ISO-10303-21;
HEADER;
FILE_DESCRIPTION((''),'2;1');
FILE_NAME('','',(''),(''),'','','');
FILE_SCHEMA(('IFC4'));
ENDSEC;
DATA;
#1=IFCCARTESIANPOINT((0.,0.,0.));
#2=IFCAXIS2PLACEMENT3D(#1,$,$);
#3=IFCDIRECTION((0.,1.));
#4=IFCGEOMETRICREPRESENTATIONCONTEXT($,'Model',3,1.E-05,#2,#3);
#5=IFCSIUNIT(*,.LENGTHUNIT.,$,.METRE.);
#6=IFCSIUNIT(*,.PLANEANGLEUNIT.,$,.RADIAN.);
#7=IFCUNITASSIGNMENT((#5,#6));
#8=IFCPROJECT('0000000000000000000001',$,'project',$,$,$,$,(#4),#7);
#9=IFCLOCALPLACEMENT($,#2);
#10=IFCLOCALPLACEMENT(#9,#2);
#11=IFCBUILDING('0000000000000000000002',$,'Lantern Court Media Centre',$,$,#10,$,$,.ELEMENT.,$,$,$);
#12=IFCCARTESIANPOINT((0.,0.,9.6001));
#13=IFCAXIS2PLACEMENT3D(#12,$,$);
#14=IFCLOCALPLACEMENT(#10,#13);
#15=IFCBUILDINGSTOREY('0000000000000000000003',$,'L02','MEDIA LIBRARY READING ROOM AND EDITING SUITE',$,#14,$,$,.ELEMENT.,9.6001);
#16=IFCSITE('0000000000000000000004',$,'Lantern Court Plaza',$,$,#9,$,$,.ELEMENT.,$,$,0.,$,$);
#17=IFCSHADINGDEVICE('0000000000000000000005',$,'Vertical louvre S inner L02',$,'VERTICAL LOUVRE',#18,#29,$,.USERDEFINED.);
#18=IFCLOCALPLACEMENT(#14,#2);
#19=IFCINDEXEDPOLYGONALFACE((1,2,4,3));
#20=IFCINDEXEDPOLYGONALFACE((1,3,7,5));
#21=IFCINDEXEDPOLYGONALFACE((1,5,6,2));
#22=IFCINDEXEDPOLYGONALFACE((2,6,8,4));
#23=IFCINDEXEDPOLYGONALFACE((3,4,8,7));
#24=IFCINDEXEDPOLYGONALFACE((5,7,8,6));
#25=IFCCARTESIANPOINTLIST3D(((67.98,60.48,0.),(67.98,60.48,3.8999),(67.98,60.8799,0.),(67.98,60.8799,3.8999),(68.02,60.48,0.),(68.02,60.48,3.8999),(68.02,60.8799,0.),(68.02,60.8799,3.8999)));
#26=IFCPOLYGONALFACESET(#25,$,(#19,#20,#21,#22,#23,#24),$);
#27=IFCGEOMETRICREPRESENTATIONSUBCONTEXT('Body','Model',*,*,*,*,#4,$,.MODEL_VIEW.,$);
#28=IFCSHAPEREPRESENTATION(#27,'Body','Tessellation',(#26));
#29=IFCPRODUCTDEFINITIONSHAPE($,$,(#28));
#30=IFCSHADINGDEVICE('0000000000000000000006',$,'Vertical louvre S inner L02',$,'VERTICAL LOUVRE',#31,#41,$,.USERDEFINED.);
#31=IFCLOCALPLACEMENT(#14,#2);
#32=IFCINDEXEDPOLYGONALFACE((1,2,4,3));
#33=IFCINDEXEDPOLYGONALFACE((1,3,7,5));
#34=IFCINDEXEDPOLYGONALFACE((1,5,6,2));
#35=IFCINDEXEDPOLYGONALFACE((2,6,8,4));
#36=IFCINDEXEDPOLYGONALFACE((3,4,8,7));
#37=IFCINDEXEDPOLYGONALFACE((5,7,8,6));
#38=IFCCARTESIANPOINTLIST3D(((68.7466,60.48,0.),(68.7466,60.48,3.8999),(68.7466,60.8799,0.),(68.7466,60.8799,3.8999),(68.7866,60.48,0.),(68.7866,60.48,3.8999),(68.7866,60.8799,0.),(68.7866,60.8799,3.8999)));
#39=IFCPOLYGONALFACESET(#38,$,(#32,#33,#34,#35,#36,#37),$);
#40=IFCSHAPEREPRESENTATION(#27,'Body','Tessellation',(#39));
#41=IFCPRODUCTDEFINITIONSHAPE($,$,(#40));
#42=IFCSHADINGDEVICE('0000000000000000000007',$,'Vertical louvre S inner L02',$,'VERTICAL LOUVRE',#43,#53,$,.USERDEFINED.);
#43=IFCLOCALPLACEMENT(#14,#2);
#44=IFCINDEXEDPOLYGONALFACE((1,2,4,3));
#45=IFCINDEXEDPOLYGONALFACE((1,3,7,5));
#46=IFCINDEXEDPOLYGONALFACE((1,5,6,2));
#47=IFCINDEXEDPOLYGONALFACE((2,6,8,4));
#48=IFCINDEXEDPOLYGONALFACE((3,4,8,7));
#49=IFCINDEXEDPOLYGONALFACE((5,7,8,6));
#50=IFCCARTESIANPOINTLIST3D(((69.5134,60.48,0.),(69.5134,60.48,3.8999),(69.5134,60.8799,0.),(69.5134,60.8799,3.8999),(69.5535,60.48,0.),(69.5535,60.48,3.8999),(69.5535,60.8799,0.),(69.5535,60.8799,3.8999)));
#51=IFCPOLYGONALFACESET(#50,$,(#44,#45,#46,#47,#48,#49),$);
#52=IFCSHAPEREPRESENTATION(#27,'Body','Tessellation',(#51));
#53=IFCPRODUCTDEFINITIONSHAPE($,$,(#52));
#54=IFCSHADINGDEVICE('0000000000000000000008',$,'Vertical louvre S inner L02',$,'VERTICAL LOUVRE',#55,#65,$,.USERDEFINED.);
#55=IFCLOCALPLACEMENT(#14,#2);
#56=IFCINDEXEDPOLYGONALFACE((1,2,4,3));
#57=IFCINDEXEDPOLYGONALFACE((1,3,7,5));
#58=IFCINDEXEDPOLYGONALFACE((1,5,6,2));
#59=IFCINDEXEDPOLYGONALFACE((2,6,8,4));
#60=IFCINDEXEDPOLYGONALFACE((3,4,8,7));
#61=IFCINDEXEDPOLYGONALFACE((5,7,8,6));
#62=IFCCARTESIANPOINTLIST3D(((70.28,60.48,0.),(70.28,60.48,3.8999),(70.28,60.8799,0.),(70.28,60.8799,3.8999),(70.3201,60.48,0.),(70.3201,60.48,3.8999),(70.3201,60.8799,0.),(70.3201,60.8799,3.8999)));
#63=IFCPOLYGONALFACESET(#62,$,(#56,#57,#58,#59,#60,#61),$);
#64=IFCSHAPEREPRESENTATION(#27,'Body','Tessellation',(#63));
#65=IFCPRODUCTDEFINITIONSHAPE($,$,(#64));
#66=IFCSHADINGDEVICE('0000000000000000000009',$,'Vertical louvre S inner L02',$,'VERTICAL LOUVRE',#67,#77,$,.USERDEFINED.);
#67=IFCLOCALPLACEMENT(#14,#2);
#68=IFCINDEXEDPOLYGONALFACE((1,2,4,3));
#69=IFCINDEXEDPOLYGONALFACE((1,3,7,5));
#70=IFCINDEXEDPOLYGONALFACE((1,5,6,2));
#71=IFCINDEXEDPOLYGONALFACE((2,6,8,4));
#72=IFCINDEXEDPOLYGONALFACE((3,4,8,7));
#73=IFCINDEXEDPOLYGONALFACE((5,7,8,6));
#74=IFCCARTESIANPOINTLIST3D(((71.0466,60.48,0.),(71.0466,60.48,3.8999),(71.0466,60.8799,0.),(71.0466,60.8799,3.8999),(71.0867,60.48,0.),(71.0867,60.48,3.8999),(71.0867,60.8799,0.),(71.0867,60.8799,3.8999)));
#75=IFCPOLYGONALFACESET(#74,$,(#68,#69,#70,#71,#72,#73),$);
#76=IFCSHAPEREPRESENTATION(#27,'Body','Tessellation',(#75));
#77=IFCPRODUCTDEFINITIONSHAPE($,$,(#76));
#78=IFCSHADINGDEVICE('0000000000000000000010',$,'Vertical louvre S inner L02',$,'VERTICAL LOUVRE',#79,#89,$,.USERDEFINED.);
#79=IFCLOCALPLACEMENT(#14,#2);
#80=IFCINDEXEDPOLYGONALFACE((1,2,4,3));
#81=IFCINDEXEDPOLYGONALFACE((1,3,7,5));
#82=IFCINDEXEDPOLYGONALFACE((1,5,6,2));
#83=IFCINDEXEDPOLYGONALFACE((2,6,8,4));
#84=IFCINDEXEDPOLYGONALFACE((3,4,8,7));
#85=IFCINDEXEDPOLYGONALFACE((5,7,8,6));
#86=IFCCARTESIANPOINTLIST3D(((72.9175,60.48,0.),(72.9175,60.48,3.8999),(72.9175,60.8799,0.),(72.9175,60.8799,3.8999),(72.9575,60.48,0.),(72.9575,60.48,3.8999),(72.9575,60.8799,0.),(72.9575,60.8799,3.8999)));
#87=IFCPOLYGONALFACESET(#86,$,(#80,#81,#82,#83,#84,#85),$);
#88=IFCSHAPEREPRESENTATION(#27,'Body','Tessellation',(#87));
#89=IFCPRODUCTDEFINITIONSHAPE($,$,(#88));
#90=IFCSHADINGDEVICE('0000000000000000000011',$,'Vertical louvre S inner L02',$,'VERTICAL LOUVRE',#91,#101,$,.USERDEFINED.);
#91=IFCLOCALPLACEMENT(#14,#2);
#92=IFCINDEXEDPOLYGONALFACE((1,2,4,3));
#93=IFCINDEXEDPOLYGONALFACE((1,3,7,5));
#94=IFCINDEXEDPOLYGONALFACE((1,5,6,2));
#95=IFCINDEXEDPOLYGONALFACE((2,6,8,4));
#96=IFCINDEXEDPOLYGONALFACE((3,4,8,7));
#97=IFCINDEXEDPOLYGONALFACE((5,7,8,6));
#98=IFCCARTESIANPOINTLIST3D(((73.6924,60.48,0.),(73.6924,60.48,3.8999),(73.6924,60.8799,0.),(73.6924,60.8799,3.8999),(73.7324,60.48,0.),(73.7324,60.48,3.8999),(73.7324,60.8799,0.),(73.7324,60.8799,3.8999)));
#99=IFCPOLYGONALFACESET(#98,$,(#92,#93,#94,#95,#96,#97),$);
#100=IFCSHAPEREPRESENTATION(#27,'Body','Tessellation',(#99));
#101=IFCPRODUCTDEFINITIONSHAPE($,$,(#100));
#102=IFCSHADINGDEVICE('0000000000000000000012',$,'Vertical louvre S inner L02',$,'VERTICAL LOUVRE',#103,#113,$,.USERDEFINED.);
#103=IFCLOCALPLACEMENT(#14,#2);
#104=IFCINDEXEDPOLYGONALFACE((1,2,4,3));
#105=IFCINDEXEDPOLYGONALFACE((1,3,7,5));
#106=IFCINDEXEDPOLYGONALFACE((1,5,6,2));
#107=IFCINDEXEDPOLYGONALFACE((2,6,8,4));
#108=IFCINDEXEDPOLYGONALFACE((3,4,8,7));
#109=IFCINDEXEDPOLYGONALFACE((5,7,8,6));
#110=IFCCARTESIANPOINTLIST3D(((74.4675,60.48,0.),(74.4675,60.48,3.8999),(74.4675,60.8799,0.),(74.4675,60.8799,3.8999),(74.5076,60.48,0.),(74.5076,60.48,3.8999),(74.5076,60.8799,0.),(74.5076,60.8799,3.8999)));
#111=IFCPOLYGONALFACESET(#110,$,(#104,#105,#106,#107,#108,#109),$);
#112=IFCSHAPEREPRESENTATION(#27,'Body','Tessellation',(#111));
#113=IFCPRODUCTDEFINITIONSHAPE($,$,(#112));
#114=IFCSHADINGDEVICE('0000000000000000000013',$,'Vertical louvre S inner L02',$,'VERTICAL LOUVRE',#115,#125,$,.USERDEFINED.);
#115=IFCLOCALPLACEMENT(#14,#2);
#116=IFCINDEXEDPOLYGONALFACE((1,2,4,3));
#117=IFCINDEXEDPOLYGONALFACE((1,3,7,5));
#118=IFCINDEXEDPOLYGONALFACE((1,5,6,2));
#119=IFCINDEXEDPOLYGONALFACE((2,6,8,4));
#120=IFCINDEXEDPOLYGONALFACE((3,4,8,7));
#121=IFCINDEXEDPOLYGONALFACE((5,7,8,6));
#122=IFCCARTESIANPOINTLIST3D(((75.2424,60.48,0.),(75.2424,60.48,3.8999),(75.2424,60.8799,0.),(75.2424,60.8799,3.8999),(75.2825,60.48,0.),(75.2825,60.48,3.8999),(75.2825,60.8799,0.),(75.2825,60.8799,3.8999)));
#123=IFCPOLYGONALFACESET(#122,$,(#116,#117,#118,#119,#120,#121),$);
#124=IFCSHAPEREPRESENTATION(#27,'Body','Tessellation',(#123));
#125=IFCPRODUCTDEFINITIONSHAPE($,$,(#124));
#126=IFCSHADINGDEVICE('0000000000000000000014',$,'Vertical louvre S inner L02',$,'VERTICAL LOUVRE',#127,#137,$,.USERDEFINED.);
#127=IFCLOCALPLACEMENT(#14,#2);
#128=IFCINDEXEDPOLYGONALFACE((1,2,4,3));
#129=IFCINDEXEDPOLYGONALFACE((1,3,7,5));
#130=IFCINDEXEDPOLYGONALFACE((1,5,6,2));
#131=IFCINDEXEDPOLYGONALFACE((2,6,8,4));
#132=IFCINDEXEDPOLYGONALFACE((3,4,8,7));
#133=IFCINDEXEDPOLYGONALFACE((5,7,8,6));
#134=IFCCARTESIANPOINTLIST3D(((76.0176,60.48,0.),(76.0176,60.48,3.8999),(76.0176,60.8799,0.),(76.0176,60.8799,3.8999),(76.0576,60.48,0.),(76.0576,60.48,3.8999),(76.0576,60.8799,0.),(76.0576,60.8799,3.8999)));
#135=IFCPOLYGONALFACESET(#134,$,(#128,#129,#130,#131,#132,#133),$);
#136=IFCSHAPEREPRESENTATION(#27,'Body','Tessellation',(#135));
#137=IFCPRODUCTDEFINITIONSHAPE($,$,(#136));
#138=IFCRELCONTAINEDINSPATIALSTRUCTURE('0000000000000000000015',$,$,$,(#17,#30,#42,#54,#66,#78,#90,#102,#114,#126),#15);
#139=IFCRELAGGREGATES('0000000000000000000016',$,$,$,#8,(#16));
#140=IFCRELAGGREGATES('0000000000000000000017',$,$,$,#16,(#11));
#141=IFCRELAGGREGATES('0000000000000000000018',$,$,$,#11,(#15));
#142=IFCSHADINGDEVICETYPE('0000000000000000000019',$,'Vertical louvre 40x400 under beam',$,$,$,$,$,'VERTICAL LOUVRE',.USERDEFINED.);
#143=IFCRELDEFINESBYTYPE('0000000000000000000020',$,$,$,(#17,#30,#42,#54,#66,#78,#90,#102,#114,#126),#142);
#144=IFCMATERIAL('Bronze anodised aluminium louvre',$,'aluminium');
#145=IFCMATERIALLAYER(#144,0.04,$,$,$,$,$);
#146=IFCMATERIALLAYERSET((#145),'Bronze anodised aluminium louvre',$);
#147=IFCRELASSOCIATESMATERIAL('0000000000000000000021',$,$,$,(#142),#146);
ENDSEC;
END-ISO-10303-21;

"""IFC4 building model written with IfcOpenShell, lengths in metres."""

from ifc_helpers import new_model, si_unit, direction, frame, origin, origin_2d, place, context, subcontext, project, spatial, rectangle, extrude, material, layer, layer_set, type_object, element, save


model = new_model("IFC4")

# Units and contexts
model_context = context("Model", 3, precision=1e-05, world=origin(), true_north=direction((0.0, 1.0)))
body_context = subcontext(model_context, "Body", "Model", "MODEL_VIEW")
ifc_project = project(units=[si_unit("LENGTHUNIT", "METRE"), si_unit("PLANEANGLEUNIT", "RADIAN")], contexts=[model_context])

# Site, building, storey
site_placement = place(None, origin())
site = spatial("IfcSite", under=ifc_project, at=site_placement, Name="Lantern Court Plaza", CompositionType="ELEMENT", RefElevation=0.0)
building_placement = place(site_placement, origin())
building = spatial("IfcBuilding", under=site, at=building_placement, Name="Lantern Court Media Centre", CompositionType="ELEMENT")
storey_placement = place(building_placement, frame((0.0, 0.0, 9.6001)))
storey = spatial("IfcBuildingStorey", under=building, at=storey_placement, Name="L02", Description="MEDIA LIBRARY READING ROOM AND EDITING SUITE", CompositionType="ELEMENT", Elevation=9.6001)

# Shading devices
ifc_material_1 = material(Name="Bronze anodised aluminium louvre", Category="aluminium")
ifc_layer_1 = layer(ifc_material_1, 0.04)
ifc_layer_set_1 = layer_set([ifc_layer_1], Name="Bronze anodised aluminium louvre")
shading_device_type = type_object("IfcShadingDeviceType", Name="Vertical louvre 40x400 under beam", ElementType="VERTICAL LOUVRE", PredefinedType="USERDEFINED", material=ifc_layer_set_1)
for number, where, z_axis, x_axis, name in (
    (1, (68.0, 60.6799, 0.0), (0.0, 0.0, 1.0), (1.0, 0.0, 0.0), "Vertical louvre S inner L02"),
    (2, (68.7666, 60.6799, 0.0), (0.0, 0.0, 1.0), (1.0, 0.0, 0.0), "Vertical louvre S inner L02"),
    (3, (69.5334, 60.6799, 0.0), (0.0, 0.0, 1.0), (1.0, 0.0, 0.0), "Vertical louvre S inner L02"),
    (4, (70.3, 60.6799, 0.0), (0.0, 0.0, 1.0), (1.0, 0.0, 0.0), "Vertical louvre S inner L02"),
    (5, (71.0667, 60.6799, 0.0), (0.0, 0.0, 1.0), (1.0, 0.0, 0.0), "Vertical louvre S inner L02"),
    (6, (72.9375, 60.6799, 0.0), (0.0, 0.0, 1.0), (1.0, 0.0, 0.0), "Vertical louvre S inner L02"),
    (7, (73.7124, 60.6799, 0.0), (0.0, 0.0, 1.0), (1.0, 0.0, 0.0), "Vertical louvre S inner L02"),
    (8, (74.4875, 60.6799, 0.0), (0.0, 0.0, 1.0), (1.0, 0.0, 0.0), "Vertical louvre S inner L02"),
    (9, (75.2625, 60.6799, 0.0), (0.0, 0.0, 1.0), (1.0, 0.0, 0.0), "Vertical louvre S inner L02"),
    (10, (76.0376, 60.6799, 0.0), (0.0, 0.0, 1.0), (1.0, 0.0, 0.0), "Vertical louvre S inner L02"),
):
    element("IfcShadingDevice", number, at=place(storey_placement, frame(where, z_axis=z_axis, x_axis=x_axis)), inside=storey, type_object=shading_device_type, Name=name, ObjectType="VERTICAL LOUVRE", PredefinedType="USERDEFINED", context=body_context, shape_type="SweptSolid", body=[
        extrude(rectangle(XDim=0.04, YDim=0.3999, at=origin_2d()), origin(), (0.0, 0.0, 1.0), 3.8999),
    ])

save(model, "model.ifc")
